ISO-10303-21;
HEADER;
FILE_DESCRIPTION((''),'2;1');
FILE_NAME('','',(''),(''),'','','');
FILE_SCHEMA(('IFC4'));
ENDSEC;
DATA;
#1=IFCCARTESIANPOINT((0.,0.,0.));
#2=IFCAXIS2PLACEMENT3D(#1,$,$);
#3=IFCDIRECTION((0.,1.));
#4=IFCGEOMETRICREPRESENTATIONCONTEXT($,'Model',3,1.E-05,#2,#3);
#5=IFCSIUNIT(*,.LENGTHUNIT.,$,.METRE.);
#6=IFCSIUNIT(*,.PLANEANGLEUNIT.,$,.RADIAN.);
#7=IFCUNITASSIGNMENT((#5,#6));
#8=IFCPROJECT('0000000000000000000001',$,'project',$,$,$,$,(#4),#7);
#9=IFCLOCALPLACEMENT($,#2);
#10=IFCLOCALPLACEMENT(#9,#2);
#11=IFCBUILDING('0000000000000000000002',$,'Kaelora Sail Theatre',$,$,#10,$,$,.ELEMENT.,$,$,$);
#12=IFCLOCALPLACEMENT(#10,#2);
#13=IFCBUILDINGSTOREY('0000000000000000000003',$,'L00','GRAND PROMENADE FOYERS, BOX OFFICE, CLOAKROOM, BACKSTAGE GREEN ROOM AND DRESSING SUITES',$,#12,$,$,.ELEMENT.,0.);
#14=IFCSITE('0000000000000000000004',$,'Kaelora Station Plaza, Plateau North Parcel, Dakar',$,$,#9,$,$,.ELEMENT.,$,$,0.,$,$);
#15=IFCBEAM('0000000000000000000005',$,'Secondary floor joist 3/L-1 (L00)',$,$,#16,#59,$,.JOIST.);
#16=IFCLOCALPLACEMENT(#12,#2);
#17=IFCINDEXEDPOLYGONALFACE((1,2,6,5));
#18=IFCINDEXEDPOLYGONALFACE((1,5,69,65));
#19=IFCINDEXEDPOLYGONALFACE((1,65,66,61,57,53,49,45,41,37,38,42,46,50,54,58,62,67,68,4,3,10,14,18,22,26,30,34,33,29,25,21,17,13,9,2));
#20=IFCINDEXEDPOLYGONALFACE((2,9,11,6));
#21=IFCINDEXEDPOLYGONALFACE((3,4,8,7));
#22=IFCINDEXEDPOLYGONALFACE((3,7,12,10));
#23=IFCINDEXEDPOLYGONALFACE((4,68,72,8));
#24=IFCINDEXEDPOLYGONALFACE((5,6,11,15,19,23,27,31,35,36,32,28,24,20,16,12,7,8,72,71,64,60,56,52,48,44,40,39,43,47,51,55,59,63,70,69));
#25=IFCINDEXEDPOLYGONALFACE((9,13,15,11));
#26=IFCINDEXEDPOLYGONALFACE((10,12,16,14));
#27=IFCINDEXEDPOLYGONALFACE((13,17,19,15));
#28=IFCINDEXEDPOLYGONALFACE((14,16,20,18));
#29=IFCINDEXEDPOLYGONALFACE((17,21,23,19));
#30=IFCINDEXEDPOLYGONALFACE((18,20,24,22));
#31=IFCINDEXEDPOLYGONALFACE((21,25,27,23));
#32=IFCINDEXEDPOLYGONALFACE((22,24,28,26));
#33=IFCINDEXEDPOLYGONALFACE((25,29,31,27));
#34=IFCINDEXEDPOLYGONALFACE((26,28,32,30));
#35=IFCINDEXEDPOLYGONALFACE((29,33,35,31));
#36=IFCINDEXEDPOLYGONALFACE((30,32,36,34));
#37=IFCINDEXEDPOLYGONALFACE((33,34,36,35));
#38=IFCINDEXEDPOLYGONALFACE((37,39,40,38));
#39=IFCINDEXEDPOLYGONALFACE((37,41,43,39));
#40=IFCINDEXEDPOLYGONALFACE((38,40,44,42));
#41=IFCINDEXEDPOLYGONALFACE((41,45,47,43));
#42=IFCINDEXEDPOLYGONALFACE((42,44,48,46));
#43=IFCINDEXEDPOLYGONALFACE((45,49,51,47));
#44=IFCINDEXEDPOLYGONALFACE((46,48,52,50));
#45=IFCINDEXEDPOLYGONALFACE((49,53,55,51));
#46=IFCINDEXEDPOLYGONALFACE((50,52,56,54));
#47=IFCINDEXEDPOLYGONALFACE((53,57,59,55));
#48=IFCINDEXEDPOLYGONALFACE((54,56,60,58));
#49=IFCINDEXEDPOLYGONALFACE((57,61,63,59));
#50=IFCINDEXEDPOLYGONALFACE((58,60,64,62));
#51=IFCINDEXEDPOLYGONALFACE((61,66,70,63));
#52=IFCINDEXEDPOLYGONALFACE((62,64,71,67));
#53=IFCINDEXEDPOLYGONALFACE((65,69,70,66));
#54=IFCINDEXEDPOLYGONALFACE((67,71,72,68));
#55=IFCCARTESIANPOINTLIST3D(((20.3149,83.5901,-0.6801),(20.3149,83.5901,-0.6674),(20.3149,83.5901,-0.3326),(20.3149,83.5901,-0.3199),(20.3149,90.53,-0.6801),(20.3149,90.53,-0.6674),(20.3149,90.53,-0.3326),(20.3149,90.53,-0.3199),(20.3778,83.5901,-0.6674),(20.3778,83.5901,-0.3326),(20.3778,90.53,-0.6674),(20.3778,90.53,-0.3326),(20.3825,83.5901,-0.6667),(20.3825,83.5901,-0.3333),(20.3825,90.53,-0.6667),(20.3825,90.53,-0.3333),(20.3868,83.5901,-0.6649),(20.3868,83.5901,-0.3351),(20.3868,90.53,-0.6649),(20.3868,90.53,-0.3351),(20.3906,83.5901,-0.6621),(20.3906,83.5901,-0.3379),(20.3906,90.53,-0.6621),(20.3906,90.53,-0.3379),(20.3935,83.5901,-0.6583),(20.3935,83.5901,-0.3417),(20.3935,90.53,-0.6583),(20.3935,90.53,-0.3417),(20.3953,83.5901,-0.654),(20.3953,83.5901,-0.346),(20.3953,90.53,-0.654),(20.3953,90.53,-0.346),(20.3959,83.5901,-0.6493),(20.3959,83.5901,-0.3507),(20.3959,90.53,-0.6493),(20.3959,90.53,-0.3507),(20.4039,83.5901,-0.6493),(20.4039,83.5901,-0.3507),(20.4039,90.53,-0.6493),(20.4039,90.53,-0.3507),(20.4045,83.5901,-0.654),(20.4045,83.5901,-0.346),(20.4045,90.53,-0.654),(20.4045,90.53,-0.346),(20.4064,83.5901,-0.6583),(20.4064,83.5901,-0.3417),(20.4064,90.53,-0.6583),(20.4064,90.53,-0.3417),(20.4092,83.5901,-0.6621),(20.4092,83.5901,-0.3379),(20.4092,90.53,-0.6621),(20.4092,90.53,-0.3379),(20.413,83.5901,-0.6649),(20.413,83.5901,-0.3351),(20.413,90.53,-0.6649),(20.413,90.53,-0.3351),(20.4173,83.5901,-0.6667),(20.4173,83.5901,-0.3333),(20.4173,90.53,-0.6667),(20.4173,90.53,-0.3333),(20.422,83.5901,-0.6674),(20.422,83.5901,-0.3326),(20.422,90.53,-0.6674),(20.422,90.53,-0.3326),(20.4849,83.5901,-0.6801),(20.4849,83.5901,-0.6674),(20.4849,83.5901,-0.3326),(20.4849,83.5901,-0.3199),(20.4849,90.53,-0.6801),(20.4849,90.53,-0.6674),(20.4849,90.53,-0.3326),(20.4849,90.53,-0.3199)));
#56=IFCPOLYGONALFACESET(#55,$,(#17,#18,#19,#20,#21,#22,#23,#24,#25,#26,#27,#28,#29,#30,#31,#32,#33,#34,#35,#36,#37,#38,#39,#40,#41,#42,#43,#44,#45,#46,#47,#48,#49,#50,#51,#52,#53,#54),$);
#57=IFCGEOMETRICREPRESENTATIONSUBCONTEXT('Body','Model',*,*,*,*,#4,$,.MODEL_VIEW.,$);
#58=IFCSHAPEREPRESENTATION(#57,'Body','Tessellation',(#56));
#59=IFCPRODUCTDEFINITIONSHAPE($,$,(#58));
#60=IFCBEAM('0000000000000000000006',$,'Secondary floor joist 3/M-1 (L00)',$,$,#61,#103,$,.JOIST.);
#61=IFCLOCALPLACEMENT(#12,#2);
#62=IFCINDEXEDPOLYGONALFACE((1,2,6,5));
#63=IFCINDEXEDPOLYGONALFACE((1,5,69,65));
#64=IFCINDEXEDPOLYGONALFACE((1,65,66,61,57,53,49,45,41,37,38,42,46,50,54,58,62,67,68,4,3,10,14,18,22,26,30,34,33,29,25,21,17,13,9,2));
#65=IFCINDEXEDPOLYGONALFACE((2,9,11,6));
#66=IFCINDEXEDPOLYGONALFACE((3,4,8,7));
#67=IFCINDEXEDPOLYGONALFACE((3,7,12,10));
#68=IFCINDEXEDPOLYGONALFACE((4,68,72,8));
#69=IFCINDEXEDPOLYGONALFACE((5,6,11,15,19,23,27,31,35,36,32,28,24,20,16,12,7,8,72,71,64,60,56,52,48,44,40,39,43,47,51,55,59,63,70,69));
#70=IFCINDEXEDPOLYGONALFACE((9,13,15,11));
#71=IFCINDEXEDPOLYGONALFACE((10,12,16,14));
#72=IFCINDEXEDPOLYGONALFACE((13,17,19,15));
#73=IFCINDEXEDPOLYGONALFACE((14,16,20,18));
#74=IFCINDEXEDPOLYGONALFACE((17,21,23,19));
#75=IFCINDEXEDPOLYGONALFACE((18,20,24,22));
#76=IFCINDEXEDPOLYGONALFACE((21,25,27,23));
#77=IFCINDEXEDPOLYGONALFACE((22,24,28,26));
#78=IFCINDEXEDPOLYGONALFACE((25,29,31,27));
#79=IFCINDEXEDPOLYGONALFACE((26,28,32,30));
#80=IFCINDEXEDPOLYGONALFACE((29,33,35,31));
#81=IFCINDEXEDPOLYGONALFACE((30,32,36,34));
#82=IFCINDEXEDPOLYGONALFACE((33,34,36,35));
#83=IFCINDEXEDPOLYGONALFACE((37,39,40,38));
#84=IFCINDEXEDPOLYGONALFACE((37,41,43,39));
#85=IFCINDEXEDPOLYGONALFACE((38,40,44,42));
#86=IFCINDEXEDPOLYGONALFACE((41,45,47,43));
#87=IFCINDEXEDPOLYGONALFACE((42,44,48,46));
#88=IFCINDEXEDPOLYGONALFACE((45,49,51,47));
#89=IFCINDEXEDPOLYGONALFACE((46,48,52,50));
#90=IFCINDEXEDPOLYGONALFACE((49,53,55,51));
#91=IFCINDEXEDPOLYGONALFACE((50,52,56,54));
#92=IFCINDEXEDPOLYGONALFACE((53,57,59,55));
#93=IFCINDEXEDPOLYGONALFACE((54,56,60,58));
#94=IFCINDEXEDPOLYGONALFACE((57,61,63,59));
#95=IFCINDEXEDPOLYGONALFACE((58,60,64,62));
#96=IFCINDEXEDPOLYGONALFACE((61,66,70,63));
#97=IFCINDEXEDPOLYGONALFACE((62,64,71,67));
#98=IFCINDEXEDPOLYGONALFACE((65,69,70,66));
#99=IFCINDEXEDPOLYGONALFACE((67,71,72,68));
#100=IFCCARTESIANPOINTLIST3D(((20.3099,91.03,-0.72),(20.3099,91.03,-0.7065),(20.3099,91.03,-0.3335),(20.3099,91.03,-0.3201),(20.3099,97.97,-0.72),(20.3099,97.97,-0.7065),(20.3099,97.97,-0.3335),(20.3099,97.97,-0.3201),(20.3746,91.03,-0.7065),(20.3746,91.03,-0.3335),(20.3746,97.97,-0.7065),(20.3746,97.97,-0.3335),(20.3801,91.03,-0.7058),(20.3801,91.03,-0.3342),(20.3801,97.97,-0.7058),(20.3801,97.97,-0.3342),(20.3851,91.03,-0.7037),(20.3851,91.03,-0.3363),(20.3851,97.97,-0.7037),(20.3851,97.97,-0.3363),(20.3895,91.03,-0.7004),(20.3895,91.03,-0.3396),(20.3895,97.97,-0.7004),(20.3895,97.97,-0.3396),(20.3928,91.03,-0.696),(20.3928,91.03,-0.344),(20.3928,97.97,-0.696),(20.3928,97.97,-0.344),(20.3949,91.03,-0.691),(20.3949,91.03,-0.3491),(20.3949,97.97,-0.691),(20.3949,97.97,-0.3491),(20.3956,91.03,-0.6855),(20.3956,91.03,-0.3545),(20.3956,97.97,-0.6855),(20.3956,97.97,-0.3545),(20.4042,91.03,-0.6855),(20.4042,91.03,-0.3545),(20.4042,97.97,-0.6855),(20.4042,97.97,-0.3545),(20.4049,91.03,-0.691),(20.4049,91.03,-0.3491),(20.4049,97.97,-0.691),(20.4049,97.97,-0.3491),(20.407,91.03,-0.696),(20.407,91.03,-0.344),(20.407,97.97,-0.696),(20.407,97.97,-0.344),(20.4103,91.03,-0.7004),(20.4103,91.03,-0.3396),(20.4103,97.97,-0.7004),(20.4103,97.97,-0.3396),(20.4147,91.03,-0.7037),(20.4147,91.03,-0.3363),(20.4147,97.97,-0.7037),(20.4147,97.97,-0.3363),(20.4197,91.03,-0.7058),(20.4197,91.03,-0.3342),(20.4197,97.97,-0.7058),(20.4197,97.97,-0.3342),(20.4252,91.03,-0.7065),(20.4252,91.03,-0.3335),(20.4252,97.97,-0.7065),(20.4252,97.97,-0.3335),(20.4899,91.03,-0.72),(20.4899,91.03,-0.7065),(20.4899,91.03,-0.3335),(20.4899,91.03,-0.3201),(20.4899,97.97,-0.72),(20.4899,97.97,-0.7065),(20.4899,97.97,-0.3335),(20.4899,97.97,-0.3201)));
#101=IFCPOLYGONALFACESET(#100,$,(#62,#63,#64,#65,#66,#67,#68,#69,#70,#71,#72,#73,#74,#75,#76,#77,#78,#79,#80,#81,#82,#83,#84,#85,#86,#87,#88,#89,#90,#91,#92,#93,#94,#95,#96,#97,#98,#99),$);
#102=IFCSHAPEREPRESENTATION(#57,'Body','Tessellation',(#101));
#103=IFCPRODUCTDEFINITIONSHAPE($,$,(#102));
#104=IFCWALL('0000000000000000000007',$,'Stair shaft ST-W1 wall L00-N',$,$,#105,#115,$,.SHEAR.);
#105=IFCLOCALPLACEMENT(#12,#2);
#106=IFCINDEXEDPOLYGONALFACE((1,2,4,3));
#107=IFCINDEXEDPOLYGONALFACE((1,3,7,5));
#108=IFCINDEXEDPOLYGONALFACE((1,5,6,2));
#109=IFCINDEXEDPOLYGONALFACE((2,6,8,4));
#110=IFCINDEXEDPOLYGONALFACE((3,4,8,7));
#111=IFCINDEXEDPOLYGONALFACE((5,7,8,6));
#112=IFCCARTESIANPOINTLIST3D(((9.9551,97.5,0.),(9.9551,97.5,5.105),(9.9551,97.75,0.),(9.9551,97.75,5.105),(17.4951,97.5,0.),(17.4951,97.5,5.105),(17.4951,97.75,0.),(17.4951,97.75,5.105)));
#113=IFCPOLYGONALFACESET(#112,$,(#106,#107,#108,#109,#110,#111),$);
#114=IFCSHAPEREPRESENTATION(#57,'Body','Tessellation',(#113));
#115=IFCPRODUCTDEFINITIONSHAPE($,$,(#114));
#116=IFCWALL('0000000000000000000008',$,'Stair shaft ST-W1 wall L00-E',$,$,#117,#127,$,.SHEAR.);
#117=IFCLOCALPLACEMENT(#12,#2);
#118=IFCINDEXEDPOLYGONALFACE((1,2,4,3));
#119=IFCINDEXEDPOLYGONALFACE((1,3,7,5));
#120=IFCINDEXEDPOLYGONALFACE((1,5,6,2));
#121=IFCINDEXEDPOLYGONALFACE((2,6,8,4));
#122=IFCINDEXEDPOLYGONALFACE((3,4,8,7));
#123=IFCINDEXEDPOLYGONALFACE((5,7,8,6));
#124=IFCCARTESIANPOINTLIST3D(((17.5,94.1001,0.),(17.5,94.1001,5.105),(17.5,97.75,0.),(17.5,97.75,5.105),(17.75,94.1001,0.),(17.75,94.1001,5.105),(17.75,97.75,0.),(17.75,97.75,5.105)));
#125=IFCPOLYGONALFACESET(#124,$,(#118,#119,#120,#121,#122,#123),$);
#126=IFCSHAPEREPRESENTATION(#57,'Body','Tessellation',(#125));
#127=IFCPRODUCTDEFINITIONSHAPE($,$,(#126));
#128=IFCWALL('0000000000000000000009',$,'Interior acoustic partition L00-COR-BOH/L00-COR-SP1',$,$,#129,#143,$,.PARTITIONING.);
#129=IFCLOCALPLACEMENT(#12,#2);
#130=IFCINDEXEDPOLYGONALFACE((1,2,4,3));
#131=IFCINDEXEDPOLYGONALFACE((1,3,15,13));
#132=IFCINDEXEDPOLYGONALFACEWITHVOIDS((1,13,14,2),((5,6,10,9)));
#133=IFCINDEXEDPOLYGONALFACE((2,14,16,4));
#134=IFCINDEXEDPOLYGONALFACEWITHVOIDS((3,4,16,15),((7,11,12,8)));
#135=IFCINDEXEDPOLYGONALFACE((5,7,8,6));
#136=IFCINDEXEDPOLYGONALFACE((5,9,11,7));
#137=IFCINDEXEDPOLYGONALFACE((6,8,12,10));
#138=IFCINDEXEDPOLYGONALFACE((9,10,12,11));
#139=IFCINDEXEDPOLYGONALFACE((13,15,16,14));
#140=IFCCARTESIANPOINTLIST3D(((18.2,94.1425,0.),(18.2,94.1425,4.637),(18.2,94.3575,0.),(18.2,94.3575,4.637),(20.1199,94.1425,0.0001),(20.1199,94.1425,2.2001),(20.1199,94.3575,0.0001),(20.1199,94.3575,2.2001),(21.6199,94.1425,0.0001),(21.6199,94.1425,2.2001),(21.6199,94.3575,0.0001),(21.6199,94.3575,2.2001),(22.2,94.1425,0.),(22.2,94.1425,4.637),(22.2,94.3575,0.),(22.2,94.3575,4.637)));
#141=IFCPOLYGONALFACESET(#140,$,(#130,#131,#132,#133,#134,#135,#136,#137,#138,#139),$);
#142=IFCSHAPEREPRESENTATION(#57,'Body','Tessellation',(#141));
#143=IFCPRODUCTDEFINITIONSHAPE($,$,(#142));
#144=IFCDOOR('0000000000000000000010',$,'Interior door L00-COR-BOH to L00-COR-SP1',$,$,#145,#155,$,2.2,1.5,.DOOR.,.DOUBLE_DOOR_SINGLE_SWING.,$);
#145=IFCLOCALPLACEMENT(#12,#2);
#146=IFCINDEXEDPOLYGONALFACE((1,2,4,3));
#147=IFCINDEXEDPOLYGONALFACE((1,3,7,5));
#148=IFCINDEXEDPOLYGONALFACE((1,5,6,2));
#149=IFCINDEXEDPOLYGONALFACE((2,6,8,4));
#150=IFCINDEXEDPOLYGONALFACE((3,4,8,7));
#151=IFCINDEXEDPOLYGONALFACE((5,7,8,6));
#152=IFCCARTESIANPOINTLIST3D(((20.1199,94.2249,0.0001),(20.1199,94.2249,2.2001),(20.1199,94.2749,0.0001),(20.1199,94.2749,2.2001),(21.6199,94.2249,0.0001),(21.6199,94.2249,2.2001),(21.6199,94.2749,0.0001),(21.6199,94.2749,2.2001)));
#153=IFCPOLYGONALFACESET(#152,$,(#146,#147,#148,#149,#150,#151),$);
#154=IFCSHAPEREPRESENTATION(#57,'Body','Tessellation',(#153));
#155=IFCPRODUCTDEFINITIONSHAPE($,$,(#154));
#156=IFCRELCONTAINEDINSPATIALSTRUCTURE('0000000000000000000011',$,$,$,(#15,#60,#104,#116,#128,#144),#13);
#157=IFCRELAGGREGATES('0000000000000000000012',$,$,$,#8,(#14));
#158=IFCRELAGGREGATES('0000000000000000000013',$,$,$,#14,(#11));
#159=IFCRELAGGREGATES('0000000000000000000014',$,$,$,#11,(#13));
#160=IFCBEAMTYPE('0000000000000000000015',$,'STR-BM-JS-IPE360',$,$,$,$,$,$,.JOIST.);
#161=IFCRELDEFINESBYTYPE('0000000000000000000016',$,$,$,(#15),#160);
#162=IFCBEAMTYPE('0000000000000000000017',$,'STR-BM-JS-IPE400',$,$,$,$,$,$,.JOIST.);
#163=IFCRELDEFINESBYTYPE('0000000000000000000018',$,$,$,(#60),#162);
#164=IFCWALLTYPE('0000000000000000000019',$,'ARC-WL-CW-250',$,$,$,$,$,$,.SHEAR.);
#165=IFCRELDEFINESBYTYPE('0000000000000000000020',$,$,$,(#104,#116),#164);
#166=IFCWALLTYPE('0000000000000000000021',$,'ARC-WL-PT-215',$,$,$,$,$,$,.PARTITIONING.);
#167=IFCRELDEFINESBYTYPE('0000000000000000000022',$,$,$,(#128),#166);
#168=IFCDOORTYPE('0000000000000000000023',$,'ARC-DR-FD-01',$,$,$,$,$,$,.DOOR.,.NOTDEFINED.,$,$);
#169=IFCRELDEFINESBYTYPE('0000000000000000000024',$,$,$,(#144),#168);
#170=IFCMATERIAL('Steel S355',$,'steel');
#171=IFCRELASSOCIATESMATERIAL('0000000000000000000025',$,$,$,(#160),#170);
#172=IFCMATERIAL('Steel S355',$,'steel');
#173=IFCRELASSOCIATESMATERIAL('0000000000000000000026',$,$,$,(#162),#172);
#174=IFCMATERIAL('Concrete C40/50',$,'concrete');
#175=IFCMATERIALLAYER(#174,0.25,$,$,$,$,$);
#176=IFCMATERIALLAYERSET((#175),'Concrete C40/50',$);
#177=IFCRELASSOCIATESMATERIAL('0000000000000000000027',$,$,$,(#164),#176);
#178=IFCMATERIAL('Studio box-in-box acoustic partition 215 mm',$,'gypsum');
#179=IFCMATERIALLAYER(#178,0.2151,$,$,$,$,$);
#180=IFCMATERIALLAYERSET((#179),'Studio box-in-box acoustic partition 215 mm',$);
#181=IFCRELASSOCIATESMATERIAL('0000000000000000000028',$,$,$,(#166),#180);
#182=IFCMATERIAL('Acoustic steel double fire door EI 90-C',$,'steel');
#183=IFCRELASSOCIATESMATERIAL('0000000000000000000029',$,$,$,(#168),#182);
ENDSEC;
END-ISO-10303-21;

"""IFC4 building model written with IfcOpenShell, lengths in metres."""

from ifc_helpers import new_model, si_unit, direction, frame, frame_2d, origin, origin_2d, place, context, subcontext, project, spatial, rectangle, i_section, extrude, material, layer, layer_set, material_profile, profile_set, type_object, element, fill, save


model = new_model("IFC4")

# Units and contexts
model_context = context("Model", 3, precision=1e-05, world=origin(), true_north=direction((0.0, 1.0)))
body_context = subcontext(model_context, "Body", "Model", "MODEL_VIEW")
ifc_project = project(units=[si_unit("LENGTHUNIT", "METRE"), si_unit("PLANEANGLEUNIT", "RADIAN")], contexts=[model_context])

# Site, building, storey
site_placement = place(None, origin())
site = spatial("IfcSite", under=ifc_project, at=site_placement, Name="Kaelora Station Plaza, Plateau North Parcel, Dakar", CompositionType="ELEMENT", RefElevation=0.0)
building_placement = place(site_placement, origin())
building = spatial("IfcBuilding", under=site, at=building_placement, Name="Kaelora Sail Theatre", CompositionType="ELEMENT")
storey_placement = place(building_placement, origin())
storey = spatial("IfcBuildingStorey", under=building, at=storey_placement, Name="L00", Description="GRAND PROMENADE FOYERS, BOX OFFICE, CLOAKROOM, BACKSTAGE GREEN ROOM AND DRESSING SUITES", CompositionType="ELEMENT", Elevation=0.0)

# Beams
ifc_material_1 = material(Name="Steel S355", Category="steel")
ifc_material_profile_1 = material_profile(ifc_material_1, i_section(OverallWidth=0.1699, OverallDepth=0.3601, WebThickness=0.0081, FlangeThickness=0.0127, FilletRadius=0.0181, at=origin_2d()), Name="IPE 360")
ifc_profile_set_1 = profile_set([ifc_material_profile_1], Name="Steel S355")
beam_type_1 = type_object("IfcBeamType", Name="STR-BM-JS-IPE360", PredefinedType="JOIST", material=ifc_profile_set_1)
for number, where, z_axis, x_axis, name in (
    (1, (20.3999, 83.5901, -0.5), (0.0, 1.0, 0.0), (-1.0, 0.0, 0.0), "Secondary floor joist 3/L-1 (L00)"),
):
    element("IfcBeam", number, at=place(storey_placement, frame(where, z_axis=z_axis, x_axis=x_axis)), inside=storey, type_object=beam_type_1, Name=name, PredefinedType="JOIST", context=body_context, shape_type="SweptSolid", body=[
        extrude(i_section(OverallWidth=0.1699, OverallDepth=0.3601, WebThickness=0.0081, FlangeThickness=0.0127, FilletRadius=0.0181, at=origin_2d()), origin(), (0.0, 0.0, 1.0), 6.9399),
    ])
ifc_material_2 = material(Name="Steel S355", Category="steel")
ifc_material_profile_2 = material_profile(ifc_material_2, i_section(OverallWidth=0.1799, OverallDepth=0.3999, WebThickness=0.0085, FlangeThickness=0.0134, FilletRadius=0.021, at=origin_2d()), Name="IPE 400")
ifc_profile_set_2 = profile_set([ifc_material_profile_2], Name="Steel S355")
beam_type_2 = type_object("IfcBeamType", Name="STR-BM-JS-IPE400", PredefinedType="JOIST", material=ifc_profile_set_2)
beam_1_placement = place(storey_placement, frame((20.3999, 91.03, -0.52), z_axis=(0.0, 1.0, 0.0), x_axis=(-1.0, 0.0, 0.0)))
element("IfcBeam", 2, at=beam_1_placement, inside=storey, type_object=beam_type_2, Name="Secondary floor joist 3/M-1 (L00)", PredefinedType="JOIST", context=body_context, shape_type="SweptSolid", body=[
    extrude(i_section(OverallWidth=0.1799, OverallDepth=0.3999, WebThickness=0.0085, FlangeThickness=0.0134, FilletRadius=0.021, at=origin_2d()), origin(), (0.0, 0.0, 1.0), 6.9399),
])

# Walls
ifc_material_3 = material(Name="Concrete C40/50", Category="concrete")
ifc_layer_1 = layer(ifc_material_3, 0.25)
ifc_layer_set_1 = layer_set([ifc_layer_1], Name="Concrete C40/50")
wall_type_1 = type_object("IfcWallType", Name="ARC-WL-CW-250", PredefinedType="SHEAR", material=ifc_layer_set_1)
wall_1_placement = place(storey_placement, frame((9.9551, 97.625, 0.0), z_axis=(0.0, 0.0, 1.0), x_axis=(1.0, 0.0, 0.0)))
element("IfcWall", 3, at=wall_1_placement, inside=storey, type_object=wall_type_1, Name="Stair shaft ST-W1 wall L00-N", PredefinedType="SHEAR", context=body_context, shape_type="SweptSolid", body=[
    extrude(rectangle(XDim=7.54, YDim=0.25, at=frame_2d((3.77, 0.0))), origin(), (0.0, 0.0, 1.0), 5.105),
])
wall_2_placement = place(storey_placement, frame((17.625, 94.1001, 0.0), z_axis=(0.0, 0.0, 1.0), x_axis=(0.0, 1.0, 0.0)))
element("IfcWall", 4, at=wall_2_placement, inside=storey, type_object=wall_type_1, Name="Stair shaft ST-W1 wall L00-E", PredefinedType="SHEAR", context=body_context, shape_type="SweptSolid", body=[
    extrude(rectangle(XDim=3.6499, YDim=0.25, at=frame_2d((1.825, 0.0))), origin(), (0.0, 0.0, 1.0), 5.105),
])

# Wall, opening, door
ifc_material_4 = material(Name="Studio box-in-box acoustic partition 215 mm", Category="gypsum")
ifc_layer_2 = layer(ifc_material_4, 0.2151)
ifc_layer_set_2 = layer_set([ifc_layer_2], Name="Studio box-in-box acoustic partition 215 mm")
wall_type_2 = type_object("IfcWallType", Name="ARC-WL-PT-215", PredefinedType="PARTITIONING", material=ifc_layer_set_2)
wall_3_placement = place(storey_placement, frame((18.2, 94.25, 0.0), z_axis=(0.0, 0.0, 1.0), x_axis=(1.0, 0.0, 0.0)))
wall_3 = element("IfcWall", 5, at=wall_3_placement, inside=storey, type_object=wall_type_2, Name="Interior acoustic partition L00-COR-BOH/L00-COR-SP1", PredefinedType="PARTITIONING", context=body_context, shape_type="SweptSolid", body=[
    extrude(rectangle(XDim=4.0, YDim=0.2151, at=frame_2d((2.0, 0.0))), origin(), (0.0, 0.0, 1.0), 4.637),
])
opening_placement = place(wall_3_placement, frame((1.9199, 0.0, 0.0)))
opening = element("IfcOpeningElement", 6, at=opening_placement, cuts=wall_3, PredefinedType="OPENING", context=body_context, shape_type="SweptSolid", body=[
    extrude(rectangle(XDim=1.5, YDim=2.2, at=frame_2d((0.75, 1.1001))), frame((0.0, 0.1174, 0.0), z_axis=(0.0, -1.0, 0.0), x_axis=(1.0, 0.0, 0.0)), (0.0, 0.0, 1.0), 0.2351),
])
ifc_material_5 = material(Name="Acoustic steel double fire door EI 90-C", Category="steel")
door_type = type_object("IfcDoorType", Name="ARC-DR-FD-01", OperationType="NOTDEFINED", PredefinedType="DOOR", material=ifc_material_5)
door_placement = place(opening_placement, origin())
door = element("IfcDoor", 7, at=door_placement, inside=storey, type_object=door_type, Name="Interior door L00-COR-BOH to L00-COR-SP1", OperationType="DOUBLE_DOOR_SINGLE_SWING", OverallHeight=2.2, OverallWidth=1.5, PredefinedType="DOOR", context=body_context, shape_type="SweptSolid", body=[
    extrude(rectangle(XDim=1.5, YDim=2.2, at=frame_2d((0.75, 1.1001))), frame((0.0, 0.0249, 0.0), z_axis=(0.0, -1.0, 0.0), x_axis=(1.0, 0.0, 0.0)), (0.0, 0.0, 1.0), 0.05),
])
fill(opening, door)

save(model, "model.ifc")
